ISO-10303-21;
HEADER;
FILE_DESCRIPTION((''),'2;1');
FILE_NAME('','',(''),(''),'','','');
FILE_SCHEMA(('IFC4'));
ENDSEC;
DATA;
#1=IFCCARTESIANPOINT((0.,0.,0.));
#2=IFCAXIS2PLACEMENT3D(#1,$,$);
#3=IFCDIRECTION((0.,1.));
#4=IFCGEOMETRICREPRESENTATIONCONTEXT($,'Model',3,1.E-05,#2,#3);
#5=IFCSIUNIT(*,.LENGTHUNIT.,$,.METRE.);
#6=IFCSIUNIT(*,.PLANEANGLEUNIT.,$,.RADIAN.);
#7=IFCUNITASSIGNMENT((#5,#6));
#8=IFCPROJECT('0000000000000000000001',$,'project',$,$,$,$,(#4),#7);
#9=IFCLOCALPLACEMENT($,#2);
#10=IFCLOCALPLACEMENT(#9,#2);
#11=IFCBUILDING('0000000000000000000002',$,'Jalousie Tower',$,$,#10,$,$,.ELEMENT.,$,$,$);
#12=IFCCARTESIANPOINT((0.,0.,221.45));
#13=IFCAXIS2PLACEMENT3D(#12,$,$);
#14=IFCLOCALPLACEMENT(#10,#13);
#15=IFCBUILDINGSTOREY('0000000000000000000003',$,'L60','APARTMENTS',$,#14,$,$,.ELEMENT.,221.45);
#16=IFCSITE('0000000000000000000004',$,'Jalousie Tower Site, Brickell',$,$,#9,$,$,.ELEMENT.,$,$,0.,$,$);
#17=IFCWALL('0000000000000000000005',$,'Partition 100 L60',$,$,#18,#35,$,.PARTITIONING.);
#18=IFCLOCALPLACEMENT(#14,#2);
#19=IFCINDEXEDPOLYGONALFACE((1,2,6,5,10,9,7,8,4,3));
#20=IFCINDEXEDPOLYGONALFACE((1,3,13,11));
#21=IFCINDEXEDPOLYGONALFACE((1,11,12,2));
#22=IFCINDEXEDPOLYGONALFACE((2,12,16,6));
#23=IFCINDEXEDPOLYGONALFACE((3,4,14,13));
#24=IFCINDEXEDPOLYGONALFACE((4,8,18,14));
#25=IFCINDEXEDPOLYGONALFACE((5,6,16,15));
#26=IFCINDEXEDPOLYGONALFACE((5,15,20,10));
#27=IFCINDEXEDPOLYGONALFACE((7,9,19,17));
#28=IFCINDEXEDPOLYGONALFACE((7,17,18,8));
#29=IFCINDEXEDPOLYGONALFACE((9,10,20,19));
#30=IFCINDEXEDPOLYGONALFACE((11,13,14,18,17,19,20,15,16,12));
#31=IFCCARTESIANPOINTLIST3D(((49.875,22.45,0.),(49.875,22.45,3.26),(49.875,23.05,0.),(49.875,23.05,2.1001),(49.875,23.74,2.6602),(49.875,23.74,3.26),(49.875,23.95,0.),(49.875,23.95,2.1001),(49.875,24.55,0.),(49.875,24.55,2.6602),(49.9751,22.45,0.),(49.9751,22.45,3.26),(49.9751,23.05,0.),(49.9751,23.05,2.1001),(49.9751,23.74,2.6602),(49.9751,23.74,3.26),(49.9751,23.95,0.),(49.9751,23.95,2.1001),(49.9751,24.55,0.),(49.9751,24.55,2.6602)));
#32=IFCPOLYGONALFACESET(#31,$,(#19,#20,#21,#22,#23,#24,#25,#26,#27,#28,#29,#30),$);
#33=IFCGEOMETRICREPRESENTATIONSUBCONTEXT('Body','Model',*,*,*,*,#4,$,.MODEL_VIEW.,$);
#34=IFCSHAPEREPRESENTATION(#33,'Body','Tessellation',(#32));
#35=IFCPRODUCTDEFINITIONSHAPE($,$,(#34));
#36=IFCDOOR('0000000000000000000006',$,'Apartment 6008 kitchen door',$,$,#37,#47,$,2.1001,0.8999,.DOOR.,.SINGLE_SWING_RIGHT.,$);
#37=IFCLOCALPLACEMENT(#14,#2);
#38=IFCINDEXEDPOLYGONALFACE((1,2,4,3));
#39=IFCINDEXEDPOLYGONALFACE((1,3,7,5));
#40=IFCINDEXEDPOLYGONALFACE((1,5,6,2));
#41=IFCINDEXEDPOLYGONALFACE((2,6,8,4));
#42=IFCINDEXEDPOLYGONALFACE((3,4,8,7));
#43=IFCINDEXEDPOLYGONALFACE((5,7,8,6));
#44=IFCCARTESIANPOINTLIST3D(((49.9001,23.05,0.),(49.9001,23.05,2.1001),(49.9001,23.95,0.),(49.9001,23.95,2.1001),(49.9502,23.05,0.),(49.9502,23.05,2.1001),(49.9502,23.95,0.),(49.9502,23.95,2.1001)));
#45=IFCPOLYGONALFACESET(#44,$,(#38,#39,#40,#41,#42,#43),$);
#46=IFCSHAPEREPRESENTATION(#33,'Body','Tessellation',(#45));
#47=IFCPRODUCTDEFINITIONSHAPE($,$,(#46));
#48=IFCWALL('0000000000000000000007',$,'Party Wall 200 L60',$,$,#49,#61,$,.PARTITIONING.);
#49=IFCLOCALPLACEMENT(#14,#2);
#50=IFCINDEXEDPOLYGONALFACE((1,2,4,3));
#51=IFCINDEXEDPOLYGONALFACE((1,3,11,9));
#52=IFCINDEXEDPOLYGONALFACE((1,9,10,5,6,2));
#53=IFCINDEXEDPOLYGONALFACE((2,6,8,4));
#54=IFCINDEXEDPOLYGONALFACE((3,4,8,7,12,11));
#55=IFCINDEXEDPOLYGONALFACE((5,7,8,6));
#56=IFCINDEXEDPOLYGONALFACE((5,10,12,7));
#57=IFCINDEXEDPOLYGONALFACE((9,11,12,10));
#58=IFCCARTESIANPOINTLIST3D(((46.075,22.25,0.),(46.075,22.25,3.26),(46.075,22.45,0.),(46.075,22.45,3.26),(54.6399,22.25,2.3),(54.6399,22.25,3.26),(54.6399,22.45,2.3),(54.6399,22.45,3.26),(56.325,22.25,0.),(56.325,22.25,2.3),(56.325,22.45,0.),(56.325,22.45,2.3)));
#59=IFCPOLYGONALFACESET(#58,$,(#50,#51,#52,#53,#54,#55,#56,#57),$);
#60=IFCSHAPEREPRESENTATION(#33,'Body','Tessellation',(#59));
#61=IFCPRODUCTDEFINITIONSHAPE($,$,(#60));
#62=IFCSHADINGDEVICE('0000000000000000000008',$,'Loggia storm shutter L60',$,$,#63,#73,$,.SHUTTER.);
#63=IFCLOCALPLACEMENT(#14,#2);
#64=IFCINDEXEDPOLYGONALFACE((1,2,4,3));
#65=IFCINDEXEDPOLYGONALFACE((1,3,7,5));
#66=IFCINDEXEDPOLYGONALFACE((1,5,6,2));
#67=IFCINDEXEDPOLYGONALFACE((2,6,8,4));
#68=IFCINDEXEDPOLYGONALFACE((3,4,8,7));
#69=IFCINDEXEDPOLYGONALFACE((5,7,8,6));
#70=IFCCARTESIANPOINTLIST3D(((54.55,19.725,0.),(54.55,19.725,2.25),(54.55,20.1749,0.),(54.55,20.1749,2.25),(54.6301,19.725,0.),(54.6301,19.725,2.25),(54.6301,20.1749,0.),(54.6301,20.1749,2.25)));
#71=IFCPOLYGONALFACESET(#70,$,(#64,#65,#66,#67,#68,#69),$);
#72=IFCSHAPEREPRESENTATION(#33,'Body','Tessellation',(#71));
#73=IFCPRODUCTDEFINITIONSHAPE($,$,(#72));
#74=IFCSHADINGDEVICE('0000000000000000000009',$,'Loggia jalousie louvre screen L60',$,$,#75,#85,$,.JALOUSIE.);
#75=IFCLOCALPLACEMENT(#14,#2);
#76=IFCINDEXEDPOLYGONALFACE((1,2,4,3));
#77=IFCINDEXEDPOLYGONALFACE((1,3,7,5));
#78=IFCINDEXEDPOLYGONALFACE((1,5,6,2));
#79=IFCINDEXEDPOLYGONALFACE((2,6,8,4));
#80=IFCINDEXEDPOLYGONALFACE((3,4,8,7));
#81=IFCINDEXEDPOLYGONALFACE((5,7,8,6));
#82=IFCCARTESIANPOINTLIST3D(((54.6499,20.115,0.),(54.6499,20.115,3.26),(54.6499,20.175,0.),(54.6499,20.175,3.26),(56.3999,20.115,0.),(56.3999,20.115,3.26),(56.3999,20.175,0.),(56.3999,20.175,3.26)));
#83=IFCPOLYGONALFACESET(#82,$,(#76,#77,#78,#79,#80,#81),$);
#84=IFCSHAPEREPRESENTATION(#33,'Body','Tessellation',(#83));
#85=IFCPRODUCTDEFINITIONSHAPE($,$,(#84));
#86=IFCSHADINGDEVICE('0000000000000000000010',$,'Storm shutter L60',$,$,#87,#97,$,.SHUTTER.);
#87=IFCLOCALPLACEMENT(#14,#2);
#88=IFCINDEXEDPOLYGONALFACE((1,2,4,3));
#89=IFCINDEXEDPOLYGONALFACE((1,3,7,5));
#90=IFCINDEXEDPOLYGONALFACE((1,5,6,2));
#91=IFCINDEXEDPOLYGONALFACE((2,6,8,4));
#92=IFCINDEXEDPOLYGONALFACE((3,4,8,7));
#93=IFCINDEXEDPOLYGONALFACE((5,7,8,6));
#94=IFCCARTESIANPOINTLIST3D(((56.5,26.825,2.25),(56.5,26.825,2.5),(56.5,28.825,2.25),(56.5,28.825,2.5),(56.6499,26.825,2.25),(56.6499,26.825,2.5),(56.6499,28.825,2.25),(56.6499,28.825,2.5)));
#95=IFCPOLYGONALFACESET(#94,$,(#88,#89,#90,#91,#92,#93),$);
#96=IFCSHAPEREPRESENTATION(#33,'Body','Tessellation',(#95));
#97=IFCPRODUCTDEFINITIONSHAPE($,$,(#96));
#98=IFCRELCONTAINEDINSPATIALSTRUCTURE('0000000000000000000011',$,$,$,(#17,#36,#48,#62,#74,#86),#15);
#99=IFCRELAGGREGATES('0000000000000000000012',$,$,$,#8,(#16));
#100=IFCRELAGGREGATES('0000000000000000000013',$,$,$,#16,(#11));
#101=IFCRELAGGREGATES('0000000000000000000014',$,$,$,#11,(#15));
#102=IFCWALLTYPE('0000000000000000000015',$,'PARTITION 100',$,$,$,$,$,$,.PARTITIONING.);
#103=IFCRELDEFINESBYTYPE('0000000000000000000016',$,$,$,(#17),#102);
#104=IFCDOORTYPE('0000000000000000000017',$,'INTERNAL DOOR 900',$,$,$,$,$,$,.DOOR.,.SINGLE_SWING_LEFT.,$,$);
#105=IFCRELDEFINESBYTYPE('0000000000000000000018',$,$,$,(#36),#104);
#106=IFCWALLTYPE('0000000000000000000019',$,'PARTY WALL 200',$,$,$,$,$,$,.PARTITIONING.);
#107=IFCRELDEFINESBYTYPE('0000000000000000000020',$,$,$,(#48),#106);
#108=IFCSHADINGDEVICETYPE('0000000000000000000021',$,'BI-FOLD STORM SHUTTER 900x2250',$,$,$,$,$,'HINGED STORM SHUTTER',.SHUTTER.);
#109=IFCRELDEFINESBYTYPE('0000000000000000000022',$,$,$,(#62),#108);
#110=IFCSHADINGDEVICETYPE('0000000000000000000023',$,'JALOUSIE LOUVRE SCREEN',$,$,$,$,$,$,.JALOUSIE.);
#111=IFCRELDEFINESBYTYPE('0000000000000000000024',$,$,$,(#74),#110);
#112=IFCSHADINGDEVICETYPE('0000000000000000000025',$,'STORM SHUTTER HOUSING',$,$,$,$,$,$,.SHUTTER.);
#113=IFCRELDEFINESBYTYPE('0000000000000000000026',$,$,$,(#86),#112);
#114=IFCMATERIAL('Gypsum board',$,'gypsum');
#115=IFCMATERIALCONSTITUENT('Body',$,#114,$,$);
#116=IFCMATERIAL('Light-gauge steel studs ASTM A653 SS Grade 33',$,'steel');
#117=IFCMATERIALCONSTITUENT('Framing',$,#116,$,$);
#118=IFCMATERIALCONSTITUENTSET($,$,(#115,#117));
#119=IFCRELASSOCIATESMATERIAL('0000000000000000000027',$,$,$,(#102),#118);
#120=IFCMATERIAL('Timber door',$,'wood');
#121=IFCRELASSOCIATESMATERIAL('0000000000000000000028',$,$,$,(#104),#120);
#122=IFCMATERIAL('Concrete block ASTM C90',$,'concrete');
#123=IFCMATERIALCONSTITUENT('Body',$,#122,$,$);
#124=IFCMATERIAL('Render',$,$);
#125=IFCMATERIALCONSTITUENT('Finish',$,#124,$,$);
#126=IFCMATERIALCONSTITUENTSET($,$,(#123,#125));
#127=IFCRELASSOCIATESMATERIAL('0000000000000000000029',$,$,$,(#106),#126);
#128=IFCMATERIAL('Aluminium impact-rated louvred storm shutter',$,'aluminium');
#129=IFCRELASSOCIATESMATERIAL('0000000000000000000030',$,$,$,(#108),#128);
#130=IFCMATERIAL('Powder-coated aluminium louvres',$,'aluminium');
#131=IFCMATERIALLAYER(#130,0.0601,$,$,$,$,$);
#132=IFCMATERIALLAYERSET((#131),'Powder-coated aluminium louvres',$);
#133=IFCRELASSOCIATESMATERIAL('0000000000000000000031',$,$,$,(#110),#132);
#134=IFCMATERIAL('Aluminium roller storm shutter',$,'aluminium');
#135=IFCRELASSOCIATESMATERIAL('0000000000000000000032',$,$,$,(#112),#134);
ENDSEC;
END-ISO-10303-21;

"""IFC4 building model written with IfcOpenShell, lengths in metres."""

from ifc_helpers import new_model, si_unit, direction, frame, frame_2d, origin, origin_2d, place, context, subcontext, project, spatial, polyline, rectangle, outline, extrude, material, layer, layer_set, constituent, constituent_set, type_object, element, fill, save


model = new_model("IFC4")

# Units and contexts
model_context = context("Model", 3, precision=1e-05, world=origin(), true_north=direction((0.0, 1.0)))
body_context = subcontext(model_context, "Body", "Model", "MODEL_VIEW")
ifc_project = project(units=[si_unit("LENGTHUNIT", "METRE"), si_unit("PLANEANGLEUNIT", "RADIAN")], contexts=[model_context])

# Site, building, storey
site_placement = place(None, origin())
site = spatial("IfcSite", under=ifc_project, at=site_placement, Name="Jalousie Tower Site, Brickell", CompositionType="ELEMENT", RefElevation=0.0)
building_placement = place(site_placement, origin())
building = spatial("IfcBuilding", under=site, at=building_placement, Name="Jalousie Tower", CompositionType="ELEMENT")
storey_placement = place(building_placement, frame((0.0, 0.0, 221.45)))
storey = spatial("IfcBuildingStorey", under=building, at=storey_placement, Name="L60", Description="APARTMENTS", CompositionType="ELEMENT", Elevation=221.45)

# Wall, opening, door
ifc_material_1 = material(Name="Gypsum board", Category="gypsum")
ifc_constituent_1 = constituent(ifc_material_1, Name="Body")
ifc_material_2 = material(Name="Light-gauge steel studs ASTM A653 SS Grade 33", Category="steel")
ifc_constituent_2 = constituent(ifc_material_2, Name="Framing")
ifc_constituent_set_1 = constituent_set(constituents=[ifc_constituent_1, ifc_constituent_2])
wall_type_1 = type_object("IfcWallType", Name="PARTITION 100", PredefinedType="PARTITIONING", material=ifc_constituent_set_1)
wall_1_placement = place(storey_placement, frame((49.925, 22.45, 0.0), z_axis=(0.0, 0.0, 1.0), x_axis=(0.0, 1.0, 0.0)))
wall_1 = element("IfcWall", 1, at=wall_1_placement, inside=storey, type_object=wall_type_1, Name="Partition 100 L60", PredefinedType="PARTITIONING", context=body_context, shape_type="SweptSolid", body=[
    extrude(outline(polyline([(0.0, 0.0), (2.1001, 0.0), (2.1001, 3.26), (2.1001, 2.6602), (1.29, 2.6602), (1.29, 3.26), (0.0, 3.26), (0.0, 0.0)])), frame((0.0, 0.05, 0.0), z_axis=(0.0, -1.0, 0.0), x_axis=(1.0, 0.0, 0.0)), (0.0, 0.0, 1.0), 0.1001),
])
opening_1_placement = place(wall_1_placement, frame((0.6001, 0.0, 0.0)))
opening_1 = element("IfcOpeningElement", 2, at=opening_1_placement, cuts=wall_1, PredefinedType="OPENING", context=body_context, shape_type="SweptSolid", body=[
    extrude(rectangle(XDim=0.8999, YDim=2.1001, at=frame_2d((0.45, 1.05))), frame((0.0, 0.0601, 0.0), z_axis=(0.0, -1.0, 0.0), x_axis=(1.0, 0.0, 0.0)), (0.0, 0.0, 1.0), 0.1201),
])
ifc_material_3 = material(Name="Timber door", Category="wood")
door_type = type_object("IfcDoorType", Name="INTERNAL DOOR 900", OperationType="SINGLE_SWING_LEFT", PredefinedType="DOOR", material=ifc_material_3)
door_placement = place(opening_1_placement, origin())
door = element("IfcDoor", 3, at=door_placement, inside=storey, type_object=door_type, Name="Apartment 6008 kitchen door", OperationType="SINGLE_SWING_RIGHT", OverallHeight=2.1001, OverallWidth=0.8999, PredefinedType="DOOR", context=body_context, shape_type="SweptSolid", body=[
    extrude(rectangle(XDim=0.8999, YDim=2.1001, at=frame_2d((0.45, 1.05))), frame((0.0, 0.0249, 0.0), z_axis=(0.0, -1.0, 0.0), x_axis=(1.0, 0.0, 0.0)), (0.0, 0.0, 1.0), 0.05),
])
fill(opening_1, door)

# Wall
ifc_material_4 = material(Name="Concrete block ASTM C90", Category="concrete")
ifc_constituent_3 = constituent(ifc_material_4, Name="Body")
ifc_material_5 = material(Name="Render")
ifc_constituent_4 = constituent(ifc_material_5, Name="Finish")
ifc_constituent_set_2 = constituent_set(constituents=[ifc_constituent_3, ifc_constituent_4])
wall_type_2 = type_object("IfcWallType", Name="PARTY WALL 200", PredefinedType="PARTITIONING", material=ifc_constituent_set_2)
wall_2_placement = place(storey_placement, frame((56.325, 22.3501, 0.0), z_axis=(0.0, 0.0, 1.0), x_axis=(-1.0, 0.0, 0.0)))
element("IfcWall", 4, at=wall_2_placement, inside=storey, type_object=wall_type_2, Name="Party Wall 200 L60", PredefinedType="PARTITIONING", context=body_context, shape_type="SweptSolid", body=[
    extrude(outline(polyline([(0.0, 0.0), (10.25, 0.0), (10.25, 3.26), (1.6851, 3.26), (1.6851, 2.3), (0.0, 2.3), (0.0, 3.26), (0.0, 0.0)])), frame((0.0, 0.1001, 0.0), z_axis=(0.0, -1.0, 0.0), x_axis=(1.0, 0.0, 0.0)), (0.0, 0.0, 1.0), 0.2),
])

# Shading devices
ifc_material_6 = material(Name="Aluminium impact-rated louvred storm shutter", Category="aluminium")
shading_device_type_1 = type_object("IfcShadingDeviceType", Name="BI-FOLD STORM SHUTTER 900x2250", ElementType="HINGED STORM SHUTTER", PredefinedType="SHUTTER", material=ifc_material_6)
shading_device_1_placement = place(storey_placement, frame((54.5901, 19.95, 0.0), z_axis=(0.0, 0.0, 1.0), x_axis=(0.0, 1.0, 0.0)))
element("IfcShadingDevice", 5, at=shading_device_1_placement, inside=storey, type_object=shading_device_type_1, Name="Loggia storm shutter L60", PredefinedType="SHUTTER", context=body_context, shape_type="SweptSolid", body=[
    extrude(rectangle(XDim=0.45, YDim=0.0801, at=origin_2d()), origin(), (0.0, 0.0, 1.0), 2.25),
])
ifc_material_7 = material(Name="Powder-coated aluminium louvres", Category="aluminium")
ifc_layer_1 = layer(ifc_material_7, 0.0601)
ifc_layer_set_1 = layer_set([ifc_layer_1], Name="Powder-coated aluminium louvres")
shading_device_type_2 = type_object("IfcShadingDeviceType", Name="JALOUSIE LOUVRE SCREEN", PredefinedType="JALOUSIE", material=ifc_layer_set_1)
shading_device_2_placement = place(storey_placement, frame((55.5249, 20.145, 0.0), z_axis=(0.0, 0.0, 1.0), x_axis=(0.0, 1.0, 0.0)))
element("IfcShadingDevice", 6, at=shading_device_2_placement, inside=storey, type_object=shading_device_type_2, Name="Loggia jalousie louvre screen L60", PredefinedType="JALOUSIE", context=body_context, shape_type="SweptSolid", body=[
    extrude(rectangle(XDim=0.0601, YDim=1.75, at=origin_2d()), origin(), (0.0, 0.0, 1.0), 3.26),
])
ifc_material_8 = material(Name="Aluminium roller storm shutter", Category="aluminium")
shading_device_type_3 = type_object("IfcShadingDeviceType", Name="STORM SHUTTER HOUSING", PredefinedType="SHUTTER", material=ifc_material_8)
shading_device_3_placement = place(storey_placement, frame((56.575, 27.825, 2.25), z_axis=(0.0, 0.0, 1.0), x_axis=(0.0, 1.0, 0.0)))
element("IfcShadingDevice", 7, at=shading_device_3_placement, inside=storey, type_object=shading_device_type_3, Name="Storm shutter L60", PredefinedType="SHUTTER", context=body_context, shape_type="SweptSolid", body=[
    extrude(rectangle(XDim=2.0, YDim=0.1499, at=origin_2d()), origin(), (0.0, 0.0, 1.0), 0.25),
])

save(model, "model.ifc")
